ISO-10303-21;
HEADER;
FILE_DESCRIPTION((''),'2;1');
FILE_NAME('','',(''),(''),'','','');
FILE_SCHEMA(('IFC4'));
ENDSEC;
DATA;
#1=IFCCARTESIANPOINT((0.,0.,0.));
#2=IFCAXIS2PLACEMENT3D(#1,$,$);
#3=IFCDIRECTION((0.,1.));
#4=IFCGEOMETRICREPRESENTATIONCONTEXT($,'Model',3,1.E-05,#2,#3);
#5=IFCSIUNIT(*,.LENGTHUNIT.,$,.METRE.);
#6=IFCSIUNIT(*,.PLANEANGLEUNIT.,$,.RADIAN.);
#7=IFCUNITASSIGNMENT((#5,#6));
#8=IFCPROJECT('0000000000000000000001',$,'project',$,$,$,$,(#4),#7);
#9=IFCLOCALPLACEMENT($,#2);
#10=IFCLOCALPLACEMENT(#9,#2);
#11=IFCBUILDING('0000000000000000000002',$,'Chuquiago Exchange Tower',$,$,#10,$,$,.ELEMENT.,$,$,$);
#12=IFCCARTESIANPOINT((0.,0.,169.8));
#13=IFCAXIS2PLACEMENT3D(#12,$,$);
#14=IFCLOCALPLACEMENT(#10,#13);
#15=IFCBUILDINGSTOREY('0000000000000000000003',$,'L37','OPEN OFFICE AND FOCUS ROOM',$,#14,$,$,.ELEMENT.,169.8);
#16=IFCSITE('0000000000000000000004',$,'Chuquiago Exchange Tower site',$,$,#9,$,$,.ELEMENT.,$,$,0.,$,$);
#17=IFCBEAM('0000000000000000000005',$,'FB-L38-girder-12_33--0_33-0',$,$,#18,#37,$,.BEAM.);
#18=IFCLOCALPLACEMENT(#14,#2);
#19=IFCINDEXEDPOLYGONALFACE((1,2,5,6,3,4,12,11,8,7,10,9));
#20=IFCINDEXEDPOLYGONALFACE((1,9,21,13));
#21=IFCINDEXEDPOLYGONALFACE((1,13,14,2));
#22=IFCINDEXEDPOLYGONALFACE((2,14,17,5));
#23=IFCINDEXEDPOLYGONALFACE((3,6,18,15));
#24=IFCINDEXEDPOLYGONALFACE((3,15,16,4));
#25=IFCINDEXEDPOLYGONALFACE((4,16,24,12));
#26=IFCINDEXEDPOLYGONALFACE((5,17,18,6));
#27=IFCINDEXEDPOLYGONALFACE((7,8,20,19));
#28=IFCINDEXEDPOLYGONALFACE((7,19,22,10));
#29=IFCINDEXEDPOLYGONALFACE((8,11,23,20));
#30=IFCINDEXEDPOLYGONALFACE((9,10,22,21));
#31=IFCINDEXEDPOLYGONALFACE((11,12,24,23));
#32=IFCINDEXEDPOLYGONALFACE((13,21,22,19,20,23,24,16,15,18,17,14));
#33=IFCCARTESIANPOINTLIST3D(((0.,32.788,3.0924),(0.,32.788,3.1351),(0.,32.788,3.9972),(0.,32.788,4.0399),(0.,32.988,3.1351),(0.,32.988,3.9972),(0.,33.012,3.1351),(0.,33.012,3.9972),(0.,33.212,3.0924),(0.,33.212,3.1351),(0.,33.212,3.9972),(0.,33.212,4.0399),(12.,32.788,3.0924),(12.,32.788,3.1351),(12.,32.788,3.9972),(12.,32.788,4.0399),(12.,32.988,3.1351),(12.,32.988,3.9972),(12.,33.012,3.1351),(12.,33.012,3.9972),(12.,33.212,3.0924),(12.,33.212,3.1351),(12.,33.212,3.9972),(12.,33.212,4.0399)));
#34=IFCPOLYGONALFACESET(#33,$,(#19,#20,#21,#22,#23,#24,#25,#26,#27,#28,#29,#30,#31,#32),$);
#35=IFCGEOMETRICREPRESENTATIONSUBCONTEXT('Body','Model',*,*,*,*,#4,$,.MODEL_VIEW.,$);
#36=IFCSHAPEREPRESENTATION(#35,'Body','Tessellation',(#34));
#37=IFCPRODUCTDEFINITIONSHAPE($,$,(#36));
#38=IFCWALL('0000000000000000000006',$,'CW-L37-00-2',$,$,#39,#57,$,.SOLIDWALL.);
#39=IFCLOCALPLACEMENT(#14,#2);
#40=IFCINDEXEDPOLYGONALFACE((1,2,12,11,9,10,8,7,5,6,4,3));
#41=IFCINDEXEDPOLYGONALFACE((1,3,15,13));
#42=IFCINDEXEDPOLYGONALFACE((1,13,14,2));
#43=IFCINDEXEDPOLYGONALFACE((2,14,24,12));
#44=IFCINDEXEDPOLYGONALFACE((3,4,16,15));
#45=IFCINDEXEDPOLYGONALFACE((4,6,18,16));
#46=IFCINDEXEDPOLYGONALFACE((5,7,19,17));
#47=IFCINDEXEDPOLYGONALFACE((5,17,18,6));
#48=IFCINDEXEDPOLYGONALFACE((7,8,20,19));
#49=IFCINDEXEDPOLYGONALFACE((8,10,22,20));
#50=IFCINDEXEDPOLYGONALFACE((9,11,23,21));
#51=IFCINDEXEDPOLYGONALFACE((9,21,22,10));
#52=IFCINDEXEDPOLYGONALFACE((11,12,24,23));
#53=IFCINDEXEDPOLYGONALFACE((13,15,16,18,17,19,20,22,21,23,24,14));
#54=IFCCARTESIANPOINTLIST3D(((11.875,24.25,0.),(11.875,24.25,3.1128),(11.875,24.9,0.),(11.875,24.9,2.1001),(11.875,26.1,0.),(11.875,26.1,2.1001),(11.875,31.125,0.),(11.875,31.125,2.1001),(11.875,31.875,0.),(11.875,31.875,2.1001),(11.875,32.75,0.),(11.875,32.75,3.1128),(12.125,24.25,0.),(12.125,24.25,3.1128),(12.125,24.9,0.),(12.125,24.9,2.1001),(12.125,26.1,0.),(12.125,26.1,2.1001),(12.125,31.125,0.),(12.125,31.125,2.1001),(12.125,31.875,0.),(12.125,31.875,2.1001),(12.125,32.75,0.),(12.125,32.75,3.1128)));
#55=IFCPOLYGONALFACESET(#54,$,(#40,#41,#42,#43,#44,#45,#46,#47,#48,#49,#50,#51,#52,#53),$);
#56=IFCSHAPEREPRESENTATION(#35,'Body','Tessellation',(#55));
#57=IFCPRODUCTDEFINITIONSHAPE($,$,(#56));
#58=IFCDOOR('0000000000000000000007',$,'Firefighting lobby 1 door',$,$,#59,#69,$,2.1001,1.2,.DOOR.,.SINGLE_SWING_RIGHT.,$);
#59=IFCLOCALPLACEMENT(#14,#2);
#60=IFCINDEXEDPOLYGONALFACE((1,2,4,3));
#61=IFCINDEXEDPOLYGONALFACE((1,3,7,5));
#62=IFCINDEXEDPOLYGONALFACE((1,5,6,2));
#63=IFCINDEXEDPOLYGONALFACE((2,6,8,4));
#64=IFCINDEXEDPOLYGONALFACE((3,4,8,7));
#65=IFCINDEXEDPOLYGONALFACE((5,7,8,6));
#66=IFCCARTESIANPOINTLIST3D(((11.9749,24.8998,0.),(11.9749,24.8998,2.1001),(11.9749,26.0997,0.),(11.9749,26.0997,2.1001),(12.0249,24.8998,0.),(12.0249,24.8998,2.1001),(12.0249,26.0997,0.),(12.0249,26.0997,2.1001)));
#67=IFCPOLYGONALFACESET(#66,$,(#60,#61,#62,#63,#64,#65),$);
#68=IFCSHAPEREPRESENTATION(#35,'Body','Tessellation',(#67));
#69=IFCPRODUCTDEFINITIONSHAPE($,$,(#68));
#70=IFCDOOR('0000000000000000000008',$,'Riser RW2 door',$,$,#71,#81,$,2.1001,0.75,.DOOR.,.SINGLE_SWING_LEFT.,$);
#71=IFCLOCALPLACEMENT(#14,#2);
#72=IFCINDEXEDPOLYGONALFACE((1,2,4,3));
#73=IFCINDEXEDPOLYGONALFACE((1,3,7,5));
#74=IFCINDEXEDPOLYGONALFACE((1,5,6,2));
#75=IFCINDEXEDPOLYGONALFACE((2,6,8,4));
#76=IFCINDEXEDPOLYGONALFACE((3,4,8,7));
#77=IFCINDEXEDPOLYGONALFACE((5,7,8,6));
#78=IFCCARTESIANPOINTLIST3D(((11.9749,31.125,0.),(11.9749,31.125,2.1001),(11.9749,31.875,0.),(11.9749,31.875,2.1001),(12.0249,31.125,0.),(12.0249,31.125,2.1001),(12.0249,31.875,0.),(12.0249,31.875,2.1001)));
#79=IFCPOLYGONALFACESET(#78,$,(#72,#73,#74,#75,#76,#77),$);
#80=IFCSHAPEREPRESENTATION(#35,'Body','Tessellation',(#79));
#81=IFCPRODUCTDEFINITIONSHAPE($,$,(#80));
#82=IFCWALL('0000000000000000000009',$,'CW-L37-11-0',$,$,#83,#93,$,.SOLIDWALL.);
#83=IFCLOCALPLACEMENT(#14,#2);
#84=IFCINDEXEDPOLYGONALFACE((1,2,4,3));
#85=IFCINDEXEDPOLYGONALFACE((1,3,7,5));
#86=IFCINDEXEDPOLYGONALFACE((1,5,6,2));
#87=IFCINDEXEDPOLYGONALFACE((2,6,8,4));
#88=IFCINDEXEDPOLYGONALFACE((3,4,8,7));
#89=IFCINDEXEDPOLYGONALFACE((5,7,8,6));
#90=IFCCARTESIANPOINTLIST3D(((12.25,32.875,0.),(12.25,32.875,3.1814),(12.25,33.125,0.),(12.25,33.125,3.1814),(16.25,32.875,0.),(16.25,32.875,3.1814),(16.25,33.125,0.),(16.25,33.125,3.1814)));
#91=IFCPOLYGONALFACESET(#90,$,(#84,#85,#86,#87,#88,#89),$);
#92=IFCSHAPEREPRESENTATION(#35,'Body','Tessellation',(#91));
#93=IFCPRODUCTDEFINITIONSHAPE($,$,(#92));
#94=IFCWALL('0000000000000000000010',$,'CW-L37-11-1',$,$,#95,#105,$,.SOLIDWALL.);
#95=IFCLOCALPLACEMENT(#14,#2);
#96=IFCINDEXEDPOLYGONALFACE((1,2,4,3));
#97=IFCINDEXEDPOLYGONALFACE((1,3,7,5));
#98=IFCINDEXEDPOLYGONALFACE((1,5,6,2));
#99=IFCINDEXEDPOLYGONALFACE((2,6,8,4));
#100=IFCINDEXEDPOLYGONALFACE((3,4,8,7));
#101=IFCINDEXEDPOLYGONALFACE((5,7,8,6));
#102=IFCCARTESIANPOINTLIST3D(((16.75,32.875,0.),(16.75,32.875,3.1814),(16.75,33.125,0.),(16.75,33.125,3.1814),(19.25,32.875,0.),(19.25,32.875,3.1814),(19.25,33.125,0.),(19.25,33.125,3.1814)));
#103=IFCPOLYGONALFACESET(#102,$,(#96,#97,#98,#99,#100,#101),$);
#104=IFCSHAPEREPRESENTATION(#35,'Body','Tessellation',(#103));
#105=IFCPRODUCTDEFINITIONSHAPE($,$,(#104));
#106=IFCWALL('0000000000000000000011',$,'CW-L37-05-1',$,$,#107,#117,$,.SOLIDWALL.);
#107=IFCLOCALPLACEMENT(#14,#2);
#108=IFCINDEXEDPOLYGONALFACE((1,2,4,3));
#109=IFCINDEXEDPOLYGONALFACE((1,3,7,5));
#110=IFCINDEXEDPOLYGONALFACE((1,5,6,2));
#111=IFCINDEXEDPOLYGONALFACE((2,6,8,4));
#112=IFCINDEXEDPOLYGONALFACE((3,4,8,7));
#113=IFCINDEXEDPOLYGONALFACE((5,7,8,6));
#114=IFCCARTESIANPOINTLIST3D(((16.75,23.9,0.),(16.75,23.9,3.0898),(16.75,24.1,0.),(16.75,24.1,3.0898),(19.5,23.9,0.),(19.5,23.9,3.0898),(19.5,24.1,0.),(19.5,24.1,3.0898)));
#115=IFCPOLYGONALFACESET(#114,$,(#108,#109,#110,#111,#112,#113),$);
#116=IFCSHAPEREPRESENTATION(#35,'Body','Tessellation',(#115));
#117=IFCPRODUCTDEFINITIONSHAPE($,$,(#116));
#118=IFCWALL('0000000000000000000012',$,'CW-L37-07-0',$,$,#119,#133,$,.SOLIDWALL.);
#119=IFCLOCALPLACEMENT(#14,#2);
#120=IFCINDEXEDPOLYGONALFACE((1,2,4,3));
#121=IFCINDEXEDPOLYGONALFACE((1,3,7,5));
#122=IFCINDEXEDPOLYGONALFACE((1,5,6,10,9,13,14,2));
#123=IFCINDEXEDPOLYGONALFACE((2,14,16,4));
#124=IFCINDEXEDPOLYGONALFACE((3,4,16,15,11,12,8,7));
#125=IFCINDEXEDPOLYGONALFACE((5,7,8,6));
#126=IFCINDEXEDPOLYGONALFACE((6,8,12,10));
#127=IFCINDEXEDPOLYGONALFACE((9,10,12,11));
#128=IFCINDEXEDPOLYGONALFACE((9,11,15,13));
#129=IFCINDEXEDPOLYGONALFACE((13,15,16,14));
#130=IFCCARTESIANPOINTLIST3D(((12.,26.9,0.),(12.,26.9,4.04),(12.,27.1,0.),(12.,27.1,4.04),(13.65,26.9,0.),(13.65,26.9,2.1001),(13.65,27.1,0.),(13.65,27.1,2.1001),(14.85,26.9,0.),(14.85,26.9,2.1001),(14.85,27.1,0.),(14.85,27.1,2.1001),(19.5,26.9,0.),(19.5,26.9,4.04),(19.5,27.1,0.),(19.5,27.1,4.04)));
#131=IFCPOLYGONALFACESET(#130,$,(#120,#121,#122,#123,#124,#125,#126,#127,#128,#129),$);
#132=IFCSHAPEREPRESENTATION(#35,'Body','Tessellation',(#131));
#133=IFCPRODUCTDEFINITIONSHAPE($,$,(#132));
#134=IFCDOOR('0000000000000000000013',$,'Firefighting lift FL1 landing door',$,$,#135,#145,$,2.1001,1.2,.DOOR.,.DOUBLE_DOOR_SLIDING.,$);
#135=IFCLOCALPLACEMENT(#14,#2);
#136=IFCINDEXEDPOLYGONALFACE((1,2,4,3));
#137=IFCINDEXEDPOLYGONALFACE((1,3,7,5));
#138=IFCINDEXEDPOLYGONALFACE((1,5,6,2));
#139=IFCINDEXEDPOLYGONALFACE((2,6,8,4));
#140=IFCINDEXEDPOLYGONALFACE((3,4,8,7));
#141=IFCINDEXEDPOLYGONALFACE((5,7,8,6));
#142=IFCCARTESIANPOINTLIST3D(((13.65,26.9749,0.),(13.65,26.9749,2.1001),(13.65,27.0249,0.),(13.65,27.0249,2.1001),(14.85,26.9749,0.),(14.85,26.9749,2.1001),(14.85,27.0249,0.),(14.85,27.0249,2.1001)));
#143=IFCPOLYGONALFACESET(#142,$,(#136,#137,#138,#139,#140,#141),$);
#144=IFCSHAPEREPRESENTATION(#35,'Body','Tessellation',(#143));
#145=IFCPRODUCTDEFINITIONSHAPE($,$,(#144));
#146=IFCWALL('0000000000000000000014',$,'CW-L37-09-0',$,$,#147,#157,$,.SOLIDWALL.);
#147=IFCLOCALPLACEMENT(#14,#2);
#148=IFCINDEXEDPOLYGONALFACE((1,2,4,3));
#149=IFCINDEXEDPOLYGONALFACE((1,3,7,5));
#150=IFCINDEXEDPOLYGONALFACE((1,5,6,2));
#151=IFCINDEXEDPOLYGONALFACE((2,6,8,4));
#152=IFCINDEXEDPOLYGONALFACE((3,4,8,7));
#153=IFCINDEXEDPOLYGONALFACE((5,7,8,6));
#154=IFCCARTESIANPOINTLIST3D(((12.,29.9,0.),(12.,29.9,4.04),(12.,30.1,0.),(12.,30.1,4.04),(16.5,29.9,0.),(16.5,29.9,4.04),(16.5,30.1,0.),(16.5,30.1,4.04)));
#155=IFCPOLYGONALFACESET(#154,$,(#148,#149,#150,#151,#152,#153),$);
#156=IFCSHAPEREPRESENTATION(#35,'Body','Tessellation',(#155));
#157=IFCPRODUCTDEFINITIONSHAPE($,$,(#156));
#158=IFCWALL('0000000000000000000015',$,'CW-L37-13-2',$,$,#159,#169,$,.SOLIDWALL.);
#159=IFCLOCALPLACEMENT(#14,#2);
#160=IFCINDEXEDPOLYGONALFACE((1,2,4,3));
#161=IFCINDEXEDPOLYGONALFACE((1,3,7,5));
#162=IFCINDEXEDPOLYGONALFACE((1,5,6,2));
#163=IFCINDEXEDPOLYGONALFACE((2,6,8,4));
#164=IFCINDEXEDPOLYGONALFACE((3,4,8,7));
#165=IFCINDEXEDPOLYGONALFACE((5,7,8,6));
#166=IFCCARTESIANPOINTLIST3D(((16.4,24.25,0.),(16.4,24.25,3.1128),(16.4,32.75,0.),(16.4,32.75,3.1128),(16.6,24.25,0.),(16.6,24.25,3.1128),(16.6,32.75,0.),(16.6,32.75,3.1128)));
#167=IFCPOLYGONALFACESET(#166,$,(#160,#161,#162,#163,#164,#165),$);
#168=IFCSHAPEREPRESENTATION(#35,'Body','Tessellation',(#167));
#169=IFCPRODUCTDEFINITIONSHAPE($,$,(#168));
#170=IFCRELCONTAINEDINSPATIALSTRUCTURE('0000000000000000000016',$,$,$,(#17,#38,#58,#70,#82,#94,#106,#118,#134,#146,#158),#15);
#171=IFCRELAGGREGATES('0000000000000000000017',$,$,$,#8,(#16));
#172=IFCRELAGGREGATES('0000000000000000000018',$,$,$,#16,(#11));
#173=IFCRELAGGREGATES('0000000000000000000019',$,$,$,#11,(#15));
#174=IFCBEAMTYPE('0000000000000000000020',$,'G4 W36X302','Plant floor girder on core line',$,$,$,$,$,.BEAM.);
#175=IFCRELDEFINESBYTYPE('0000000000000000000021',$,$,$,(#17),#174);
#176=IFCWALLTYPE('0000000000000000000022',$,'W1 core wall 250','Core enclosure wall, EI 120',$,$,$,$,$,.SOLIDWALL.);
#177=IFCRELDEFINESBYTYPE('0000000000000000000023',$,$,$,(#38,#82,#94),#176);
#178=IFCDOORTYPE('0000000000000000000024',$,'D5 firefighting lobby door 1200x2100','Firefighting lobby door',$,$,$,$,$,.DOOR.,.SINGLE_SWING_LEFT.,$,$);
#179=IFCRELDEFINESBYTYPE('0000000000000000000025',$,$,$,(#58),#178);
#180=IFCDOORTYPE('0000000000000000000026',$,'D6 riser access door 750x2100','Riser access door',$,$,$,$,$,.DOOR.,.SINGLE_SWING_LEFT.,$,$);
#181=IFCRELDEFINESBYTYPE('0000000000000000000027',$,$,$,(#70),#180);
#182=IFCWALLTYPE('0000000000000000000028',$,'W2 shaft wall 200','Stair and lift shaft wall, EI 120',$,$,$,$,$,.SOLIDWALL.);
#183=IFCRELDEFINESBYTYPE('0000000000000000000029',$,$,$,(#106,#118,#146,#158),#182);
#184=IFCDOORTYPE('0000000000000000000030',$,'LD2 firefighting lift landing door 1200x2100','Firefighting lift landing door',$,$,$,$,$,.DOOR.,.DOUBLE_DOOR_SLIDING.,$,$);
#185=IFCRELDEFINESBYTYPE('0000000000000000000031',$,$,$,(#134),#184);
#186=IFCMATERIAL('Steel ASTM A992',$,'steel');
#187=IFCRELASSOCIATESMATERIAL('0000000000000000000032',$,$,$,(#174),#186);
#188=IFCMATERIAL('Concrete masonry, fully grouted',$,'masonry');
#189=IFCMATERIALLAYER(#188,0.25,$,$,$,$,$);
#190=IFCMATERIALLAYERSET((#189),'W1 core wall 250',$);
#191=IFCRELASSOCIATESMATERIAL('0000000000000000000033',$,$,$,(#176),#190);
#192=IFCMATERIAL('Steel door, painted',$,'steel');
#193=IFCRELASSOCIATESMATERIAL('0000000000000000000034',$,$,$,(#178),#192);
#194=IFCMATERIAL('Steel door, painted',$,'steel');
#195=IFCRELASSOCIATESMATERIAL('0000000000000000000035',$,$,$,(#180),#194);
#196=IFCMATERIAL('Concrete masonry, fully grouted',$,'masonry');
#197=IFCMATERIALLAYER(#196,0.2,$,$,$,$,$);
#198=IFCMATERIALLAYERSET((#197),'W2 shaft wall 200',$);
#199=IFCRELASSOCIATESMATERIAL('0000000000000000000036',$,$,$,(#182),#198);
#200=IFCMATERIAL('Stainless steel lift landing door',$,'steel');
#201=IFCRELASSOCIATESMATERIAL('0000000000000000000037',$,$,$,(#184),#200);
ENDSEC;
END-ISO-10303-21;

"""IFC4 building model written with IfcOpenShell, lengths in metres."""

from ifc_helpers import new_model, si_unit, direction, frame, frame_2d, origin, origin_2d, place, context, subcontext, project, spatial, rectangle, i_section, extrude, material, layer, layer_set, material_profile, profile_set, type_object, element, fill, save


model = new_model("IFC4")

# Units and contexts
model_context = context("Model", 3, precision=1e-05, world=origin(), true_north=direction((0.0, 1.0)))
body_context = subcontext(model_context, "Body", "Model", "MODEL_VIEW")
ifc_project = project(units=[si_unit("LENGTHUNIT", "METRE"), si_unit("PLANEANGLEUNIT", "RADIAN")], contexts=[model_context])

# Site, building, storey
site_placement = place(None, origin())
site = spatial("IfcSite", under=ifc_project, at=site_placement, Name="Chuquiago Exchange Tower site", CompositionType="ELEMENT", RefElevation=0.0)
building_placement = place(site_placement, origin())
building = spatial("IfcBuilding", under=site, at=building_placement, Name="Chuquiago Exchange Tower", CompositionType="ELEMENT")
storey_placement = place(building_placement, frame((0.0, 0.0, 169.8)))
storey = spatial("IfcBuildingStorey", under=building, at=storey_placement, Name="L37", Description="OPEN OFFICE AND FOCUS ROOM", CompositionType="ELEMENT", Elevation=169.8)

# Beam
ifc_material_1 = material(Name="Steel ASTM A992", Category="steel")
ifc_material_profile_1 = material_profile(ifc_material_1, i_section(OverallWidth=0.4241, OverallDepth=0.9475, WebThickness=0.0239, FlangeThickness=0.0427, at=origin_2d()), Name="W36X302")
ifc_profile_set_1 = profile_set([ifc_material_profile_1], Name="Steel ASTM A992")
beam_type_1 = type_object("IfcBeamType", Name="G4 W36X302", Description="Plant floor girder on core line", PredefinedType="BEAM", material=ifc_profile_set_1)
for number, where, z_axis, x_axis, name in (
    (1, (12.0, 33.0, 3.5662), (-1.0, 0.0, 0.0), (0.0, -1.0, 0.0), "FB-L38-girder-12_33--0_33-0"),
):
    element("IfcBeam", number, at=place(storey_placement, frame(where, z_axis=z_axis, x_axis=x_axis)), inside=storey, type_object=beam_type_1, Name=name, PredefinedType="BEAM", context=body_context, shape_type="SweptSolid", body=[
        extrude(i_section(OverallWidth=0.4241, OverallDepth=0.9475, WebThickness=0.0239, FlangeThickness=0.0427, at=origin_2d()), origin(), (0.0, 0.0, 1.0), 12.0),
    ])

# Wall, openings, doors
ifc_material_2 = material(Name="Concrete masonry, fully grouted", Category="masonry")
ifc_layer_1 = layer(ifc_material_2, 0.25)
ifc_layer_set_1 = layer_set([ifc_layer_1], Name="W1 core wall 250")
wall_type_1 = type_object("IfcWallType", Name="W1 core wall 250", Description="Core enclosure wall, EI 120", PredefinedType="SOLIDWALL", material=ifc_layer_set_1)
wall_1_placement = place(storey_placement, frame((12.0, 24.25, 0.0), z_axis=(0.0, 0.0, 1.0), x_axis=(0.0, 1.0, 0.0)))
wall_1 = element("IfcWall", 2, at=wall_1_placement, inside=storey, type_object=wall_type_1, Name="CW-L37-00-2", PredefinedType="SOLIDWALL", context=body_context, shape_type="SweptSolid", body=[
    extrude(rectangle(XDim=8.5, YDim=0.25, at=frame_2d((4.25, 0.0))), origin(), (0.0, 0.0, 1.0), 3.1128),
])
opening_1_placement = place(wall_1_placement, frame((0.6499, 0.0, 0.0)))
opening_1 = element("IfcOpeningElement", 3, at=opening_1_placement, cuts=wall_1, PredefinedType="OPENING", context=body_context, shape_type="SweptSolid", body=[
    extrude(rectangle(XDim=1.2, YDim=2.1001, at=frame_2d((0.6001, 1.05))), frame((0.0, 0.135, 0.0), z_axis=(0.0, -1.0, 0.0), x_axis=(1.0, 0.0, 0.0)), (0.0, 0.0, 1.0), 0.27),
])
opening_2_placement = place(wall_1_placement, frame((6.875, 0.0, 0.0)))
opening_2 = element("IfcOpeningElement", 4, at=opening_2_placement, cuts=wall_1, PredefinedType="OPENING", context=body_context, shape_type="SweptSolid", body=[
    extrude(rectangle(XDim=0.75, YDim=2.1001, at=frame_2d((0.375, 1.05))), frame((0.0, 0.135, 0.0), z_axis=(0.0, -1.0, 0.0), x_axis=(1.0, 0.0, 0.0)), (0.0, 0.0, 1.0), 0.27),
])
ifc_material_3 = material(Name="Steel door, painted", Category="steel")
door_type_1 = type_object("IfcDoorType", Name="D5 firefighting lobby door 1200x2100", Description="Firefighting lobby door", OperationType="SINGLE_SWING_LEFT", PredefinedType="DOOR", material=ifc_material_3)
door_1_placement = place(opening_1_placement, frame((1.2, 0.0, 0.0), z_axis=(0.0, 0.0, 1.0), x_axis=(-1.0, 0.0, 0.0)))
door_1 = element("IfcDoor", 5, at=door_1_placement, inside=storey, type_object=door_type_1, Name="Firefighting lobby 1 door", OperationType="SINGLE_SWING_RIGHT", OverallHeight=2.1001, OverallWidth=1.2, PredefinedType="DOOR", context=body_context, shape_type="SweptSolid", body=[
    extrude(rectangle(XDim=1.2, YDim=2.1001, at=frame_2d((0.6001, 1.05))), frame((0.0, 0.0249, 0.0), z_axis=(0.0, -1.0, 0.0), x_axis=(1.0, 0.0, 0.0)), (0.0, 0.0, 1.0), 0.05),
])
fill(opening_1, door_1)
ifc_material_4 = material(Name="Steel door, painted", Category="steel")
door_type_2 = type_object("IfcDoorType", Name="D6 riser access door 750x2100", Description="Riser access door", OperationType="SINGLE_SWING_LEFT", PredefinedType="DOOR", material=ifc_material_4)
door_2_placement = place(opening_2_placement, frame((0.75, 0.0, 0.0), z_axis=(0.0, 0.0, 1.0), x_axis=(-1.0, 0.0, 0.0)))
door_2 = element("IfcDoor", 6, at=door_2_placement, inside=storey, type_object=door_type_2, Name="Riser RW2 door", OperationType="SINGLE_SWING_LEFT", OverallHeight=2.1001, OverallWidth=0.75, PredefinedType="DOOR", context=body_context, shape_type="SweptSolid", body=[
    extrude(rectangle(XDim=0.75, YDim=2.1001, at=frame_2d((0.375, 1.05))), frame((0.0, 0.0249, 0.0), z_axis=(0.0, -1.0, 0.0), x_axis=(1.0, 0.0, 0.0)), (0.0, 0.0, 1.0), 0.05),
])
fill(opening_2, door_2)

# Walls
wall_2_placement = place(storey_placement, frame((12.25, 33.0, 0.0), z_axis=(0.0, 0.0, 1.0), x_axis=(1.0, 0.0, 0.0)))
element("IfcWall", 7, at=wall_2_placement, inside=storey, type_object=wall_type_1, Name="CW-L37-11-0", PredefinedType="SOLIDWALL", context=body_context, shape_type="SweptSolid", body=[
    extrude(rectangle(XDim=4.0, YDim=0.25, at=frame_2d((2.0, 0.0))), origin(), (0.0, 0.0, 1.0), 3.1814),
])
wall_3_placement = place(storey_placement, frame((16.75, 33.0, 0.0), z_axis=(0.0, 0.0, 1.0), x_axis=(1.0, 0.0, 0.0)))
element("IfcWall", 8, at=wall_3_placement, inside=storey, type_object=wall_type_1, Name="CW-L37-11-1", PredefinedType="SOLIDWALL", context=body_context, shape_type="SweptSolid", body=[
    extrude(rectangle(XDim=2.5, YDim=0.25, at=frame_2d((1.25, 0.0))), origin(), (0.0, 0.0, 1.0), 3.1814),
])
ifc_material_5 = material(Name="Concrete masonry, fully grouted", Category="masonry")
ifc_layer_2 = layer(ifc_material_5, 0.2)
ifc_layer_set_2 = layer_set([ifc_layer_2], Name="W2 shaft wall 200")
wall_type_2 = type_object("IfcWallType", Name="W2 shaft wall 200", Description="Stair and lift shaft wall, EI 120", PredefinedType="SOLIDWALL", material=ifc_layer_set_2)
wall_4_placement = place(storey_placement, frame((16.75, 24.0, 0.0), z_axis=(0.0, 0.0, 1.0), x_axis=(1.0, 0.0, 0.0)))
element("IfcWall", 9, at=wall_4_placement, inside=storey, type_object=wall_type_2, Name="CW-L37-05-1", PredefinedType="SOLIDWALL", context=body_context, shape_type="SweptSolid", body=[
    extrude(rectangle(XDim=2.75, YDim=0.2, at=frame_2d((1.375, 0.0))), origin(), (0.0, 0.0, 1.0), 3.0898),
])

# Wall, opening, door
wall_5_placement = place(storey_placement, frame((12.0, 27.0, 0.0), z_axis=(0.0, 0.0, 1.0), x_axis=(1.0, 0.0, 0.0)))
wall_5 = element("IfcWall", 10, at=wall_5_placement, inside=storey, type_object=wall_type_2, Name="CW-L37-07-0", PredefinedType="SOLIDWALL", context=body_context, shape_type="SweptSolid", body=[
    extrude(rectangle(XDim=7.5, YDim=0.2, at=frame_2d((3.75, 0.0))), origin(), (0.0, 0.0, 1.0), 4.04),
])
opening_3_placement = place(wall_5_placement, frame((1.6499, 0.0, 0.0)))
opening_3 = element("IfcOpeningElement", 11, at=opening_3_placement, cuts=wall_5, PredefinedType="OPENING", context=body_context, shape_type="SweptSolid", body=[
    extrude(rectangle(XDim=1.2, YDim=2.1001, at=frame_2d((0.6001, 1.05))), frame((0.0, 0.1099, 0.0), z_axis=(0.0, -1.0, 0.0), x_axis=(1.0, 0.0, 0.0)), (0.0, 0.0, 1.0), 0.22),
])
ifc_material_6 = material(Name="Stainless steel lift landing door", Category="steel")
door_type_3 = type_object("IfcDoorType", Name="LD2 firefighting lift landing door 1200x2100", Description="Firefighting lift landing door", OperationType="DOUBLE_DOOR_SLIDING", PredefinedType="DOOR", material=ifc_material_6)
door_3_placement = place(opening_3_placement, origin())
door_3 = element("IfcDoor", 12, at=door_3_placement, inside=storey, type_object=door_type_3, Name="Firefighting lift FL1 landing door", OperationType="DOUBLE_DOOR_SLIDING", OverallHeight=2.1001, OverallWidth=1.2, PredefinedType="DOOR", context=body_context, shape_type="SweptSolid", body=[
    extrude(rectangle(XDim=1.2, YDim=2.1001, at=frame_2d((0.6001, 1.05))), frame((0.0, 0.0249, 0.0), z_axis=(0.0, -1.0, 0.0), x_axis=(1.0, 0.0, 0.0)), (0.0, 0.0, 1.0), 0.05),
])
fill(opening_3, door_3)

# Walls
wall_6_placement = place(storey_placement, frame((12.0, 30.0, 0.0), z_axis=(0.0, 0.0, 1.0), x_axis=(1.0, 0.0, 0.0)))
element("IfcWall", 13, at=wall_6_placement, inside=storey, type_object=wall_type_2, Name="CW-L37-09-0", PredefinedType="SOLIDWALL", context=body_context, shape_type="SweptSolid", body=[
    extrude(rectangle(XDim=4.5, YDim=0.2, at=frame_2d((2.25, 0.0))), origin(), (0.0, 0.0, 1.0), 4.04),
])
wall_7_placement = place(storey_placement, frame((16.5, 24.25, 0.0), z_axis=(0.0, 0.0, 1.0), x_axis=(0.0, 1.0, 0.0)))
element("IfcWall", 14, at=wall_7_placement, inside=storey, type_object=wall_type_2, Name="CW-L37-13-2", PredefinedType="SOLIDWALL", context=body_context, shape_type="SweptSolid", body=[
    extrude(rectangle(XDim=8.5, YDim=0.2, at=frame_2d((4.25, 0.0))), origin(), (0.0, 0.0, 1.0), 3.1128),
])

save(model, "model.ifc")
